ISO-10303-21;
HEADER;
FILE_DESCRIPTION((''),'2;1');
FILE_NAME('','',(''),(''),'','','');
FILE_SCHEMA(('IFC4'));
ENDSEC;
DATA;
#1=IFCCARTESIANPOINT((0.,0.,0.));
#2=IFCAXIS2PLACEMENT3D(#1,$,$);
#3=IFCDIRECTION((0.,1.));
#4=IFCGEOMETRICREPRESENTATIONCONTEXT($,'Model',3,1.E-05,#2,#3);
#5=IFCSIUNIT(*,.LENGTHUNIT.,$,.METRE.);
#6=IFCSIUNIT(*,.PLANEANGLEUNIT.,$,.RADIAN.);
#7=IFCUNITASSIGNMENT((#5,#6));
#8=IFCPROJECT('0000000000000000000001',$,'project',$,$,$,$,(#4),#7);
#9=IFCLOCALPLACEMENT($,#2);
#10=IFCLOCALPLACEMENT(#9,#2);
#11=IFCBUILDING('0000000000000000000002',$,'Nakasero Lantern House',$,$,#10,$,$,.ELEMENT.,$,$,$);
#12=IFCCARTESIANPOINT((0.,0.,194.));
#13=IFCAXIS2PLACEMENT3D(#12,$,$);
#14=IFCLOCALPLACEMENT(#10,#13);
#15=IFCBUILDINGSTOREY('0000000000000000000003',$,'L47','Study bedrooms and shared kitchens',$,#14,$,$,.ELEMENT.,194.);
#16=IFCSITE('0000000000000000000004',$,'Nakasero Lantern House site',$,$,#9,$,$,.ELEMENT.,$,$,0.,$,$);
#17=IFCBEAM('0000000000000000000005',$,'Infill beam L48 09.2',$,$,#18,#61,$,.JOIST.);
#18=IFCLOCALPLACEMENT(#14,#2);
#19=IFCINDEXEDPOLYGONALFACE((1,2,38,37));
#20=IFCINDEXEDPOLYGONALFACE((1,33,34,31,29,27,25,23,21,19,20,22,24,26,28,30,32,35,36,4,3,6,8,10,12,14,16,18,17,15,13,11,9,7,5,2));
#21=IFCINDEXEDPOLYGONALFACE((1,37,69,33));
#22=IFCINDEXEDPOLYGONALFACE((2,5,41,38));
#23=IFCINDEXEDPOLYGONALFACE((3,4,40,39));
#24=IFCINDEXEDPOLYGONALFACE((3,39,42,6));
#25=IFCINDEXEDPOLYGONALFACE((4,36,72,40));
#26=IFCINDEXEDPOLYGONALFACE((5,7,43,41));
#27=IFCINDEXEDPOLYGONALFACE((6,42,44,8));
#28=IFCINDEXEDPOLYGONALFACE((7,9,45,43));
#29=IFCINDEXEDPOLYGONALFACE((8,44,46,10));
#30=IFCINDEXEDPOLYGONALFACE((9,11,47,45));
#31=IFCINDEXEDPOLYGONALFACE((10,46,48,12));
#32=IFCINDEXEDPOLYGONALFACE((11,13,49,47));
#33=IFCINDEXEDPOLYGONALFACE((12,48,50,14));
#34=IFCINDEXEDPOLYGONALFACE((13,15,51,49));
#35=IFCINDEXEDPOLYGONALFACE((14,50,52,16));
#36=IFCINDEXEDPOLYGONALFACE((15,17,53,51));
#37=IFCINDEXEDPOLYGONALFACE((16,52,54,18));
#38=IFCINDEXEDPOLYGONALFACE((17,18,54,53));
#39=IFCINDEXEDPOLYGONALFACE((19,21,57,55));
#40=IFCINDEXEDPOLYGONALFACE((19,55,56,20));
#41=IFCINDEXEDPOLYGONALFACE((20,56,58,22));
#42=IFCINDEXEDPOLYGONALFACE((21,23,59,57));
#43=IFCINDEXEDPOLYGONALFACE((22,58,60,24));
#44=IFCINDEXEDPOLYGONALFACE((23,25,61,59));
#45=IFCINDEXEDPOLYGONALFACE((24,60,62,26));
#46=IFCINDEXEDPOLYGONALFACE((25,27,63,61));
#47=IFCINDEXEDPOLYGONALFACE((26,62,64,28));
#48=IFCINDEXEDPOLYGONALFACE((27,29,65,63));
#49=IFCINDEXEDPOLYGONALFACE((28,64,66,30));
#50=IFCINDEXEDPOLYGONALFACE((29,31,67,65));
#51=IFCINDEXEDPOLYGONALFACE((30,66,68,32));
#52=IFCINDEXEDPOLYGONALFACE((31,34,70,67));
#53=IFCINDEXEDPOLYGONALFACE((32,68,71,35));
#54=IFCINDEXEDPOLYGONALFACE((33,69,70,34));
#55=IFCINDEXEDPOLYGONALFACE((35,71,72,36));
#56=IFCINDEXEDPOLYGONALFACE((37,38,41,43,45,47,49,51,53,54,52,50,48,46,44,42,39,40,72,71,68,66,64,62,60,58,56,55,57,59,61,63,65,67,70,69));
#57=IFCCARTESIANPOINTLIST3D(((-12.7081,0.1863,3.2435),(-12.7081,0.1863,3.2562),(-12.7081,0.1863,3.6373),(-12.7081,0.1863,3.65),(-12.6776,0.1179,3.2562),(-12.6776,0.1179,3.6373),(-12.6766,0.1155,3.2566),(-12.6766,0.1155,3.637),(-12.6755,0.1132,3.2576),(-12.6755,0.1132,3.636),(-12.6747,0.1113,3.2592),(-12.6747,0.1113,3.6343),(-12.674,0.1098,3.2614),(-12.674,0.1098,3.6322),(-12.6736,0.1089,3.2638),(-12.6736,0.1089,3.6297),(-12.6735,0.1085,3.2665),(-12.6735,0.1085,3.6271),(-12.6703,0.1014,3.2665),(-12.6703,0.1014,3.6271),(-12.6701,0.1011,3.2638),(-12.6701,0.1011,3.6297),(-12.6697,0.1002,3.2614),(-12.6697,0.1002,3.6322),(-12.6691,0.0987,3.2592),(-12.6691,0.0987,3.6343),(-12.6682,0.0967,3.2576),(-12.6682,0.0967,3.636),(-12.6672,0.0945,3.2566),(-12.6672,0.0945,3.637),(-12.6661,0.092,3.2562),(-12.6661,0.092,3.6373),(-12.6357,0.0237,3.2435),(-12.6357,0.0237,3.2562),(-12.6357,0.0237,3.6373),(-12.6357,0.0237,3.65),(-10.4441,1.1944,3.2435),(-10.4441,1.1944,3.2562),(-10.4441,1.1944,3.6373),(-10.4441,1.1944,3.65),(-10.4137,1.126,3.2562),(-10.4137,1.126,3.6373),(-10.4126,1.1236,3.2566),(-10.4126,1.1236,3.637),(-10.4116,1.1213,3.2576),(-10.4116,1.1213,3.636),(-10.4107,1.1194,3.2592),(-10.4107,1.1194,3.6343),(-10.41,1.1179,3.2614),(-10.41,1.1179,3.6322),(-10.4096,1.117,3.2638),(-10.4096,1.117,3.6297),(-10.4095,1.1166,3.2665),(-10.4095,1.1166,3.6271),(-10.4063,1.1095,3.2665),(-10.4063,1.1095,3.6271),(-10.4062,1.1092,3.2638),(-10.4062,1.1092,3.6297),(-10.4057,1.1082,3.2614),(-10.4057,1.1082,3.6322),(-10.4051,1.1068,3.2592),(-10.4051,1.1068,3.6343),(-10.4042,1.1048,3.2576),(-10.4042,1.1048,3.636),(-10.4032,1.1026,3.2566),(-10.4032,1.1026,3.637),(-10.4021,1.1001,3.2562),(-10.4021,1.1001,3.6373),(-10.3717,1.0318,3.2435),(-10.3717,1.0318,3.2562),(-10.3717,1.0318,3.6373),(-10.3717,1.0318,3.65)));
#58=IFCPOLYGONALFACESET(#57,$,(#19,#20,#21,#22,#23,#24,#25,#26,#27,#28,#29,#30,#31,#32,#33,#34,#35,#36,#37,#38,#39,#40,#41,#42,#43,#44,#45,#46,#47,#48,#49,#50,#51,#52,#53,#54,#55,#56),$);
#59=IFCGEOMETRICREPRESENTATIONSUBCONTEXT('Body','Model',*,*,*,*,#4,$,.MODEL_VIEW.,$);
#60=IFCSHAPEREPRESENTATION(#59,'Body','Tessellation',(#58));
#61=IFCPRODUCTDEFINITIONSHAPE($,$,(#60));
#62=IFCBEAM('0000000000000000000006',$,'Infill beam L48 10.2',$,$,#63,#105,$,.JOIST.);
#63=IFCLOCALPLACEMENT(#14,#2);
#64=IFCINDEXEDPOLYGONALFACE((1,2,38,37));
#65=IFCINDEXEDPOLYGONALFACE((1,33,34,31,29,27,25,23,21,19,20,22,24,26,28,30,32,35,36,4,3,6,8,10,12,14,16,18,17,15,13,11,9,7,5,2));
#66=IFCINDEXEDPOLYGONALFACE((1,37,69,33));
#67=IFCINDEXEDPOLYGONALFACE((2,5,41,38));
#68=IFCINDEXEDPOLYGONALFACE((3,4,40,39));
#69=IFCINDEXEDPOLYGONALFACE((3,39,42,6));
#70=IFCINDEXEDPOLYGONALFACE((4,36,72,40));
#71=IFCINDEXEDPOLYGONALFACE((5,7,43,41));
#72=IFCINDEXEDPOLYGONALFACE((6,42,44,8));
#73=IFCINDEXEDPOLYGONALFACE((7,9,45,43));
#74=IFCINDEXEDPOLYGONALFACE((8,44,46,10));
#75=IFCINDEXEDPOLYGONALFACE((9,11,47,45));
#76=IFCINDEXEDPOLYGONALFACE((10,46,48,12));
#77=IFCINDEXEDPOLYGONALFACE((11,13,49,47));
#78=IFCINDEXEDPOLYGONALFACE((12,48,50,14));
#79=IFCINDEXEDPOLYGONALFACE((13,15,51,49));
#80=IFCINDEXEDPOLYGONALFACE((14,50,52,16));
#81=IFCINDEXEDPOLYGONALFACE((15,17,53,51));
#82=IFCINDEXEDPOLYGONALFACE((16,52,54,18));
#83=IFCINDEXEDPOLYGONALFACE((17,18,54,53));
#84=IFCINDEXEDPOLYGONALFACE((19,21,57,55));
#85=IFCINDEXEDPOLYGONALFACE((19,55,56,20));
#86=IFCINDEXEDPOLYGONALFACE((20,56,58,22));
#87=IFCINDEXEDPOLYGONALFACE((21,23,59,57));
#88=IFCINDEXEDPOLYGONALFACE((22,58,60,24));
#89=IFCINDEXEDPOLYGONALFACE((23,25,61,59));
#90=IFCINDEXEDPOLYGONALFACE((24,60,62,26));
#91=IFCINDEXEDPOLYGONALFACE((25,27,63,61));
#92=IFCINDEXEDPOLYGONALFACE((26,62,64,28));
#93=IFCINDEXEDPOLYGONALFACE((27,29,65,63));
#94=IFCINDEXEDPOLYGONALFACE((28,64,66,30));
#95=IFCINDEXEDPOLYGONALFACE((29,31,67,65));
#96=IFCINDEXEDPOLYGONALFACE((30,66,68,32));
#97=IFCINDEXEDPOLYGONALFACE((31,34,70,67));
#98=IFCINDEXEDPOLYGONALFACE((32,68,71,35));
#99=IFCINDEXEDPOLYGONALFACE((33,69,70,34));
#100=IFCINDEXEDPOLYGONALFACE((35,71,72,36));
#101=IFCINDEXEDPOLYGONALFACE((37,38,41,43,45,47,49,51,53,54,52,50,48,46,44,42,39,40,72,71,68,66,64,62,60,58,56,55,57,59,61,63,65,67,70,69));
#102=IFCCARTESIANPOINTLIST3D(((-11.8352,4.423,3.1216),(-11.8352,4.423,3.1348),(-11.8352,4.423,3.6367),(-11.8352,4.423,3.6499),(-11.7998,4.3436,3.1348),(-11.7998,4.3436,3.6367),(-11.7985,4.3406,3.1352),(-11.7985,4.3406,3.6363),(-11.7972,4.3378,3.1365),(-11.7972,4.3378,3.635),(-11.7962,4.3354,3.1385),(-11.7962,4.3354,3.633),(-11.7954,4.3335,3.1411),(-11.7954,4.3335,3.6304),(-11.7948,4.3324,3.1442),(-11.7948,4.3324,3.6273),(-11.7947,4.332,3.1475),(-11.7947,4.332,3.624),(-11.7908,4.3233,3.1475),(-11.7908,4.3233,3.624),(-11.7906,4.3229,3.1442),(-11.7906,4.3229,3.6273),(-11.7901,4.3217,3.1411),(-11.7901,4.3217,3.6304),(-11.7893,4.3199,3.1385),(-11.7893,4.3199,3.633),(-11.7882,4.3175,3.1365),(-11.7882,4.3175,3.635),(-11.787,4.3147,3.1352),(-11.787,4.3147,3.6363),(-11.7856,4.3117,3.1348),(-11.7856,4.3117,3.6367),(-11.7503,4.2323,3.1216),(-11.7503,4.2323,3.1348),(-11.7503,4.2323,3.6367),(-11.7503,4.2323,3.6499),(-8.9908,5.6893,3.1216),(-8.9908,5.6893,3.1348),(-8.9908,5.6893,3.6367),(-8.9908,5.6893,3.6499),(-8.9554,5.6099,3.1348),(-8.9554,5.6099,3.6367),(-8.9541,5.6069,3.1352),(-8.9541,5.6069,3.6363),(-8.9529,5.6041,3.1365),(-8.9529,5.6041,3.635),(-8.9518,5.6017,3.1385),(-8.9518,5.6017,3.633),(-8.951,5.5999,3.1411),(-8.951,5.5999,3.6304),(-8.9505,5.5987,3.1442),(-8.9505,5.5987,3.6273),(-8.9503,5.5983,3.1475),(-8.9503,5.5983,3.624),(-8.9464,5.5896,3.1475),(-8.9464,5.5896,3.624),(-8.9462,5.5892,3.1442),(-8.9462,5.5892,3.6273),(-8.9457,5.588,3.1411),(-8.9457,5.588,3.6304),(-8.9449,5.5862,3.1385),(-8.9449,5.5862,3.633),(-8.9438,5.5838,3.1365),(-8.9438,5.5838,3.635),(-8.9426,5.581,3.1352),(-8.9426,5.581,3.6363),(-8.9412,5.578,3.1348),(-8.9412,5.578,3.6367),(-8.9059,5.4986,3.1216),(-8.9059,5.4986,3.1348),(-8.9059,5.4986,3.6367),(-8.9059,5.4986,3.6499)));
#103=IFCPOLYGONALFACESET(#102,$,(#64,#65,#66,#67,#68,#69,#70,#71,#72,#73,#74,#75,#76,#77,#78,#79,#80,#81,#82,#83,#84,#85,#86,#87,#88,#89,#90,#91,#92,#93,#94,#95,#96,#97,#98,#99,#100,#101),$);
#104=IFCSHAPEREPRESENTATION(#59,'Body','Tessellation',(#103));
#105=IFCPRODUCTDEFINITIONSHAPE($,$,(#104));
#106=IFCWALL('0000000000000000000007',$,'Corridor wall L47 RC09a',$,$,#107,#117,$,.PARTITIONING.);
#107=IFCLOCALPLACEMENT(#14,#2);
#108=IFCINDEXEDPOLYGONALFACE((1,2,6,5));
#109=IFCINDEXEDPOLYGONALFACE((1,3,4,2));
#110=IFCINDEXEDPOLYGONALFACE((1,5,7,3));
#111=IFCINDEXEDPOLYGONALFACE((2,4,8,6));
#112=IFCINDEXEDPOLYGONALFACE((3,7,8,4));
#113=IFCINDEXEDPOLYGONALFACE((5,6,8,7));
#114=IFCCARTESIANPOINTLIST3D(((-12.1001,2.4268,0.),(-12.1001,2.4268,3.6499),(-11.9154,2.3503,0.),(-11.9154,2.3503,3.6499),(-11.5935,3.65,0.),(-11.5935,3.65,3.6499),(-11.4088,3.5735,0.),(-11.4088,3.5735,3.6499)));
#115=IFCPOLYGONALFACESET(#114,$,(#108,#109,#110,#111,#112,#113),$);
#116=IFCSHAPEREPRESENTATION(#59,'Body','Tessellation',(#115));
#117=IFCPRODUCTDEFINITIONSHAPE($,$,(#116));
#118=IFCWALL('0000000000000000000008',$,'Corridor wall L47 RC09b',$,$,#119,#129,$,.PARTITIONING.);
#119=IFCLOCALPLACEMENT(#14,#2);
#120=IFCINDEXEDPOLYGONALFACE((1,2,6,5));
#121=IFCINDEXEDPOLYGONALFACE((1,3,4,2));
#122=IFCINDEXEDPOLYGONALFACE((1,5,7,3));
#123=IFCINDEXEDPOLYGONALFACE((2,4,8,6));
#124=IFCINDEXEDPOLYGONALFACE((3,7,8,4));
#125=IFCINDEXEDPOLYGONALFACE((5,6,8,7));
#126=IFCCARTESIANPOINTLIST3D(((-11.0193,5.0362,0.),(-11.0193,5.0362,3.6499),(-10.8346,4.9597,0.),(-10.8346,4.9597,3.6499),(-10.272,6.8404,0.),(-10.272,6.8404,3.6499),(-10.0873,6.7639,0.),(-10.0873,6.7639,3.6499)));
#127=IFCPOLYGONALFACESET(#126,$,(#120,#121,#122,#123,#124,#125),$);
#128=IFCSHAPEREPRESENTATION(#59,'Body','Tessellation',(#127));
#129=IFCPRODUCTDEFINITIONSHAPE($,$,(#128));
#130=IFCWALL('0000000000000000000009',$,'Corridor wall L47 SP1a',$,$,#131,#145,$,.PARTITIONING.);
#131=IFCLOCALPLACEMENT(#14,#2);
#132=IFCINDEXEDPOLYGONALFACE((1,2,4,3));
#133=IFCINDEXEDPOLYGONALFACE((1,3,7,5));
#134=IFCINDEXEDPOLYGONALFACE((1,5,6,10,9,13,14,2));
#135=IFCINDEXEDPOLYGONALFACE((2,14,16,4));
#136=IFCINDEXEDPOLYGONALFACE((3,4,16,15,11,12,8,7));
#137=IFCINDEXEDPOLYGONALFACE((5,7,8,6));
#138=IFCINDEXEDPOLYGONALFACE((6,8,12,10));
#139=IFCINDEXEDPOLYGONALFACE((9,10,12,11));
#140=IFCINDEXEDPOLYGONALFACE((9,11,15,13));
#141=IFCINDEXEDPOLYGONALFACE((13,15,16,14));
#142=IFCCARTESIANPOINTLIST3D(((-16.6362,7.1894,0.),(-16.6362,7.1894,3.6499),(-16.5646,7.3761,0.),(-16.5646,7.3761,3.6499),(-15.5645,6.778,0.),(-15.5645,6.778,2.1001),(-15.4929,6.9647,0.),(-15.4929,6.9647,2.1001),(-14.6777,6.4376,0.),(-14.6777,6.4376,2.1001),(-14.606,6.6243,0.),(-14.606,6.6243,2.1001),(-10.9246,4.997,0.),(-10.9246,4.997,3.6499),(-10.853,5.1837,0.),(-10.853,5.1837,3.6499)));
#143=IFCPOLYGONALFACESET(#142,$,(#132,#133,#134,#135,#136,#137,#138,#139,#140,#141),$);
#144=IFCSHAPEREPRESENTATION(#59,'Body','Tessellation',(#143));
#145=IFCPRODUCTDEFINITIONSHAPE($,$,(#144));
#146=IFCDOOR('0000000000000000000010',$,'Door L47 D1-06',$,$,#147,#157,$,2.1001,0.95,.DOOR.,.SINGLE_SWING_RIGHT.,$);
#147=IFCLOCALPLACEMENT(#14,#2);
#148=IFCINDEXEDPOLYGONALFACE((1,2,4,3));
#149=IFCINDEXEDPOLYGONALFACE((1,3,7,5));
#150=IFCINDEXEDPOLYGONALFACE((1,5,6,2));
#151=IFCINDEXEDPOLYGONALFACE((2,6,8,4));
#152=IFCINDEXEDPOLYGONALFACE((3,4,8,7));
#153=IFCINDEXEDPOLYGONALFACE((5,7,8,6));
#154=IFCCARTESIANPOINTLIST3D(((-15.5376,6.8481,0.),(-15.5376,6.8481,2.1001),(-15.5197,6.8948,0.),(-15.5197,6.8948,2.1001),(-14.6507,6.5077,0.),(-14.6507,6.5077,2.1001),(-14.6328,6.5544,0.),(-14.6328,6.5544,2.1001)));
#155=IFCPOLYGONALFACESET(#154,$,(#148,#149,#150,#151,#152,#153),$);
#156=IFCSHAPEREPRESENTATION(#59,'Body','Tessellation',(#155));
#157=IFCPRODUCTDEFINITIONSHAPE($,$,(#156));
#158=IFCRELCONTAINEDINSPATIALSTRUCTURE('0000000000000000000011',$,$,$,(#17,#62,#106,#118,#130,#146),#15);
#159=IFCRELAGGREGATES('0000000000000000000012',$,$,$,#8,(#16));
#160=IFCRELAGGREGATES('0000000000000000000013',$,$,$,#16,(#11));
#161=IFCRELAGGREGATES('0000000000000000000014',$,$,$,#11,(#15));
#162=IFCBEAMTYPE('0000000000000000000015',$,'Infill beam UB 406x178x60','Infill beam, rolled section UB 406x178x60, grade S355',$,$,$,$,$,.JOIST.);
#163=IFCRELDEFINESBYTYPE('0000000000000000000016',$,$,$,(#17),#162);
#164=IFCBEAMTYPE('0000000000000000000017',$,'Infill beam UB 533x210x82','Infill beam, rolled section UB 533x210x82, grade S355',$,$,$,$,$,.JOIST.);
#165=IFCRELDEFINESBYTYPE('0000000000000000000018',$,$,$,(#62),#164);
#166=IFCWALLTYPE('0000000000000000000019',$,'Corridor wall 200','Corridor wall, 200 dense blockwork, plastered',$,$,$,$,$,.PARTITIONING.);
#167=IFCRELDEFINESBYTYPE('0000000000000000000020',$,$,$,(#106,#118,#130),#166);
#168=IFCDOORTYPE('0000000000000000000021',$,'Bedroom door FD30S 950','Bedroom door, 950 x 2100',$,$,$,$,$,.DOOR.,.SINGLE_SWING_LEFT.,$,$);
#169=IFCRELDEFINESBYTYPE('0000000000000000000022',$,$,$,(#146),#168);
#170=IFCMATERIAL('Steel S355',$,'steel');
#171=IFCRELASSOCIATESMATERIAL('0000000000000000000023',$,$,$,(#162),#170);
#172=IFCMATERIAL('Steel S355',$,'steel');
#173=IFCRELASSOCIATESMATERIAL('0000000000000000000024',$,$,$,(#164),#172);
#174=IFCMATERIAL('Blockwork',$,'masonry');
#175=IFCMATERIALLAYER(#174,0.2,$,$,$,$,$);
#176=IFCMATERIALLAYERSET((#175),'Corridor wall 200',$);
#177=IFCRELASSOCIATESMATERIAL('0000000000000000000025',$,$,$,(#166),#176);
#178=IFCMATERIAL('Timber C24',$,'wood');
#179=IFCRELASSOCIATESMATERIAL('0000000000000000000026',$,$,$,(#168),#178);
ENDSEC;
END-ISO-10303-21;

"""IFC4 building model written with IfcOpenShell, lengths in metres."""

from ifc_helpers import new_model, si_unit, direction, frame, frame_2d, origin, origin_2d, place, context, subcontext, project, spatial, rectangle, i_section, extrude, material, layer, layer_set, material_profile, profile_set, type_object, element, fill, save


model = new_model("IFC4")

# Units and contexts
model_context = context("Model", 3, precision=1e-05, world=origin(), true_north=direction((0.0, 1.0)))
body_context = subcontext(model_context, "Body", "Model", "MODEL_VIEW")
ifc_project = project(units=[si_unit("LENGTHUNIT", "METRE"), si_unit("PLANEANGLEUNIT", "RADIAN")], contexts=[model_context])

# Site, building, storey
site_placement = place(None, origin())
site = spatial("IfcSite", under=ifc_project, at=site_placement, Name="Nakasero Lantern House site", CompositionType="ELEMENT", RefElevation=0.0)
building_placement = place(site_placement, origin())
building = spatial("IfcBuilding", under=site, at=building_placement, Name="Nakasero Lantern House", CompositionType="ELEMENT")
storey_placement = place(building_placement, frame((0.0, 0.0, 194.0)))
storey = spatial("IfcBuildingStorey", under=building, at=storey_placement, Name="L47", Description="Study bedrooms and shared kitchens", CompositionType="ELEMENT", Elevation=194.0)

# Beams
ifc_material_1 = material(Name="Steel S355", Category="steel")
ifc_material_profile_1 = material_profile(ifc_material_1, i_section(OverallWidth=0.178, OverallDepth=0.4065, WebThickness=0.0078, FlangeThickness=0.0127, FilletRadius=0.0103, at=origin_2d()), Name="UB 406x178x60")
ifc_profile_set_1 = profile_set([ifc_material_profile_1], Name="Steel S355")
beam_type_1 = type_object("IfcBeamType", Name="Infill beam UB 406x178x60", Description="Infill beam, rolled section UB 406x178x60, grade S355", PredefinedType="JOIST", material=ifc_profile_set_1)
beam_1_placement = place(storey_placement, frame((-12.6719, 0.105, 3.4468), z_axis=(0.913531, 0.406769, 0.0), x_axis=(-0.406769, 0.913531, 0.0)))
element("IfcBeam", 1, at=beam_1_placement, inside=storey, type_object=beam_type_1, Name="Infill beam L48 09.2", PredefinedType="JOIST", context=body_context, shape_type="SweptSolid", body=[
    extrude(i_section(OverallWidth=0.178, OverallDepth=0.4065, WebThickness=0.0078, FlangeThickness=0.0127, FilletRadius=0.0103, at=origin_2d()), origin(), (0.0, 0.0, 1.0), 2.4783),
])
ifc_material_2 = material(Name="Steel S355", Category="steel")
ifc_material_profile_2 = material_profile(ifc_material_2, i_section(OverallWidth=0.2087, OverallDepth=0.5283, WebThickness=0.0095, FlangeThickness=0.0132, FilletRadius=0.0127, at=origin_2d()), Name="UB 533x210x82")
ifc_profile_set_2 = profile_set([ifc_material_profile_2], Name="Steel S355")
beam_type_2 = type_object("IfcBeamType", Name="Infill beam UB 533x210x82", Description="Infill beam, rolled section UB 533x210x82, grade S355", PredefinedType="JOIST", material=ifc_profile_set_2)
beam_2_placement = place(storey_placement, frame((-11.7927, 4.3276, 3.3857), z_axis=(0.913556, 0.406713, 0.0), x_axis=(-0.406713, 0.913556, 0.0)))
element("IfcBeam", 2, at=beam_2_placement, inside=storey, type_object=beam_type_2, Name="Infill beam L48 10.2", PredefinedType="JOIST", context=body_context, shape_type="SweptSolid", body=[
    extrude(i_section(OverallWidth=0.2087, OverallDepth=0.5283, WebThickness=0.0095, FlangeThickness=0.0132, FilletRadius=0.0127, at=origin_2d()), origin(), (0.0, 0.0, 1.0), 3.1135),
])

# Walls
ifc_material_3 = material(Name="Blockwork", Category="masonry")
ifc_layer_1 = layer(ifc_material_3, 0.2)
ifc_layer_set_1 = layer_set([ifc_layer_1], Name="Corridor wall 200")
wall_type_1 = type_object("IfcWallType", Name="Corridor wall 200", Description="Corridor wall, 200 dense blockwork, plastered", PredefinedType="PARTITIONING", material=ifc_layer_set_1)
wall_1_placement = place(storey_placement, frame((-12.0078, 2.3884, 0.0), z_axis=(0.0, 0.0, 1.0), x_axis=(0.38265, 0.923893, 0.0)))
element("IfcWall", 3, at=wall_1_placement, inside=storey, type_object=wall_type_1, Name="Corridor wall L47 RC09a", PredefinedType="PARTITIONING", context=body_context, shape_type="SweptSolid", body=[
    extrude(rectangle(XDim=1.324, YDim=0.2, at=frame_2d((0.6621, 0.0))), origin(), (0.0, 0.0, 1.0), 3.6499),
])
wall_2_placement = place(storey_placement, frame((-10.927, 4.9978, 0.0), z_axis=(0.0, 0.0, 1.0), x_axis=(0.382679, 0.923881, 0.0)))
element("IfcWall", 4, at=wall_2_placement, inside=storey, type_object=wall_type_1, Name="Corridor wall L47 RC09b", PredefinedType="PARTITIONING", context=body_context, shape_type="SweptSolid", body=[
    extrude(rectangle(XDim=1.9529, YDim=0.2, at=frame_2d((0.9766, 0.0))), origin(), (0.0, 0.0, 1.0), 3.6499),
])

# Wall, opening, door
wall_3_placement = place(storey_placement, frame((-10.8887, 5.0903, 0.0), z_axis=(0.0, 0.0, 1.0), x_axis=(-0.933587, 0.358351, 0.0)))
wall_3 = element("IfcWall", 5, at=wall_3_placement, inside=storey, type_object=wall_type_1, Name="Corridor wall L47 SP1a", PredefinedType="PARTITIONING", context=body_context, shape_type="SweptSolid", body=[
    extrude(rectangle(XDim=6.1179, YDim=0.2, at=frame_2d((3.0591, 0.0))), origin(), (0.0, 0.0, 1.0), 3.6499),
])
opening_1_placement = place(wall_3_placement, frame((4.02, 0.0, 0.0)))
opening_1 = element("IfcOpeningElement", 6, at=opening_1_placement, cuts=wall_3, PredefinedType="OPENING", context=body_context, shape_type="SweptSolid", body=[
    extrude(rectangle(XDim=0.95, YDim=2.1001, at=frame_2d((0.4751, 1.05))), frame((0.0, 0.1199, 0.0), z_axis=(0.0, -1.0, 0.0), x_axis=(1.0, 0.0, 0.0)), (0.0, 0.0, 1.0), 0.24),
])
ifc_material_4 = material(Name="Timber C24", Category="wood")
door_type_1 = type_object("IfcDoorType", Name="Bedroom door FD30S 950", Description="Bedroom door, 950 x 2100", OperationType="SINGLE_SWING_LEFT", PredefinedType="DOOR", material=ifc_material_4)
door_1_placement = place(opening_1_placement, origin())
door_1 = element("IfcDoor", 7, at=door_1_placement, inside=storey, type_object=door_type_1, Name="Door L47 D1-06", OperationType="SINGLE_SWING_RIGHT", OverallHeight=2.1001, OverallWidth=0.95, PredefinedType="DOOR", context=body_context, shape_type="SweptSolid", body=[
    extrude(rectangle(XDim=0.95, YDim=2.1001, at=frame_2d((0.4751, 1.05))), frame((0.0, 0.0249, 0.0), z_axis=(0.0, -1.0, 0.0), x_axis=(1.0, 0.0, 0.0)), (0.0, 0.0, 1.0), 0.05),
])
fill(opening_1, door_1)

save(model, "model.ifc")
